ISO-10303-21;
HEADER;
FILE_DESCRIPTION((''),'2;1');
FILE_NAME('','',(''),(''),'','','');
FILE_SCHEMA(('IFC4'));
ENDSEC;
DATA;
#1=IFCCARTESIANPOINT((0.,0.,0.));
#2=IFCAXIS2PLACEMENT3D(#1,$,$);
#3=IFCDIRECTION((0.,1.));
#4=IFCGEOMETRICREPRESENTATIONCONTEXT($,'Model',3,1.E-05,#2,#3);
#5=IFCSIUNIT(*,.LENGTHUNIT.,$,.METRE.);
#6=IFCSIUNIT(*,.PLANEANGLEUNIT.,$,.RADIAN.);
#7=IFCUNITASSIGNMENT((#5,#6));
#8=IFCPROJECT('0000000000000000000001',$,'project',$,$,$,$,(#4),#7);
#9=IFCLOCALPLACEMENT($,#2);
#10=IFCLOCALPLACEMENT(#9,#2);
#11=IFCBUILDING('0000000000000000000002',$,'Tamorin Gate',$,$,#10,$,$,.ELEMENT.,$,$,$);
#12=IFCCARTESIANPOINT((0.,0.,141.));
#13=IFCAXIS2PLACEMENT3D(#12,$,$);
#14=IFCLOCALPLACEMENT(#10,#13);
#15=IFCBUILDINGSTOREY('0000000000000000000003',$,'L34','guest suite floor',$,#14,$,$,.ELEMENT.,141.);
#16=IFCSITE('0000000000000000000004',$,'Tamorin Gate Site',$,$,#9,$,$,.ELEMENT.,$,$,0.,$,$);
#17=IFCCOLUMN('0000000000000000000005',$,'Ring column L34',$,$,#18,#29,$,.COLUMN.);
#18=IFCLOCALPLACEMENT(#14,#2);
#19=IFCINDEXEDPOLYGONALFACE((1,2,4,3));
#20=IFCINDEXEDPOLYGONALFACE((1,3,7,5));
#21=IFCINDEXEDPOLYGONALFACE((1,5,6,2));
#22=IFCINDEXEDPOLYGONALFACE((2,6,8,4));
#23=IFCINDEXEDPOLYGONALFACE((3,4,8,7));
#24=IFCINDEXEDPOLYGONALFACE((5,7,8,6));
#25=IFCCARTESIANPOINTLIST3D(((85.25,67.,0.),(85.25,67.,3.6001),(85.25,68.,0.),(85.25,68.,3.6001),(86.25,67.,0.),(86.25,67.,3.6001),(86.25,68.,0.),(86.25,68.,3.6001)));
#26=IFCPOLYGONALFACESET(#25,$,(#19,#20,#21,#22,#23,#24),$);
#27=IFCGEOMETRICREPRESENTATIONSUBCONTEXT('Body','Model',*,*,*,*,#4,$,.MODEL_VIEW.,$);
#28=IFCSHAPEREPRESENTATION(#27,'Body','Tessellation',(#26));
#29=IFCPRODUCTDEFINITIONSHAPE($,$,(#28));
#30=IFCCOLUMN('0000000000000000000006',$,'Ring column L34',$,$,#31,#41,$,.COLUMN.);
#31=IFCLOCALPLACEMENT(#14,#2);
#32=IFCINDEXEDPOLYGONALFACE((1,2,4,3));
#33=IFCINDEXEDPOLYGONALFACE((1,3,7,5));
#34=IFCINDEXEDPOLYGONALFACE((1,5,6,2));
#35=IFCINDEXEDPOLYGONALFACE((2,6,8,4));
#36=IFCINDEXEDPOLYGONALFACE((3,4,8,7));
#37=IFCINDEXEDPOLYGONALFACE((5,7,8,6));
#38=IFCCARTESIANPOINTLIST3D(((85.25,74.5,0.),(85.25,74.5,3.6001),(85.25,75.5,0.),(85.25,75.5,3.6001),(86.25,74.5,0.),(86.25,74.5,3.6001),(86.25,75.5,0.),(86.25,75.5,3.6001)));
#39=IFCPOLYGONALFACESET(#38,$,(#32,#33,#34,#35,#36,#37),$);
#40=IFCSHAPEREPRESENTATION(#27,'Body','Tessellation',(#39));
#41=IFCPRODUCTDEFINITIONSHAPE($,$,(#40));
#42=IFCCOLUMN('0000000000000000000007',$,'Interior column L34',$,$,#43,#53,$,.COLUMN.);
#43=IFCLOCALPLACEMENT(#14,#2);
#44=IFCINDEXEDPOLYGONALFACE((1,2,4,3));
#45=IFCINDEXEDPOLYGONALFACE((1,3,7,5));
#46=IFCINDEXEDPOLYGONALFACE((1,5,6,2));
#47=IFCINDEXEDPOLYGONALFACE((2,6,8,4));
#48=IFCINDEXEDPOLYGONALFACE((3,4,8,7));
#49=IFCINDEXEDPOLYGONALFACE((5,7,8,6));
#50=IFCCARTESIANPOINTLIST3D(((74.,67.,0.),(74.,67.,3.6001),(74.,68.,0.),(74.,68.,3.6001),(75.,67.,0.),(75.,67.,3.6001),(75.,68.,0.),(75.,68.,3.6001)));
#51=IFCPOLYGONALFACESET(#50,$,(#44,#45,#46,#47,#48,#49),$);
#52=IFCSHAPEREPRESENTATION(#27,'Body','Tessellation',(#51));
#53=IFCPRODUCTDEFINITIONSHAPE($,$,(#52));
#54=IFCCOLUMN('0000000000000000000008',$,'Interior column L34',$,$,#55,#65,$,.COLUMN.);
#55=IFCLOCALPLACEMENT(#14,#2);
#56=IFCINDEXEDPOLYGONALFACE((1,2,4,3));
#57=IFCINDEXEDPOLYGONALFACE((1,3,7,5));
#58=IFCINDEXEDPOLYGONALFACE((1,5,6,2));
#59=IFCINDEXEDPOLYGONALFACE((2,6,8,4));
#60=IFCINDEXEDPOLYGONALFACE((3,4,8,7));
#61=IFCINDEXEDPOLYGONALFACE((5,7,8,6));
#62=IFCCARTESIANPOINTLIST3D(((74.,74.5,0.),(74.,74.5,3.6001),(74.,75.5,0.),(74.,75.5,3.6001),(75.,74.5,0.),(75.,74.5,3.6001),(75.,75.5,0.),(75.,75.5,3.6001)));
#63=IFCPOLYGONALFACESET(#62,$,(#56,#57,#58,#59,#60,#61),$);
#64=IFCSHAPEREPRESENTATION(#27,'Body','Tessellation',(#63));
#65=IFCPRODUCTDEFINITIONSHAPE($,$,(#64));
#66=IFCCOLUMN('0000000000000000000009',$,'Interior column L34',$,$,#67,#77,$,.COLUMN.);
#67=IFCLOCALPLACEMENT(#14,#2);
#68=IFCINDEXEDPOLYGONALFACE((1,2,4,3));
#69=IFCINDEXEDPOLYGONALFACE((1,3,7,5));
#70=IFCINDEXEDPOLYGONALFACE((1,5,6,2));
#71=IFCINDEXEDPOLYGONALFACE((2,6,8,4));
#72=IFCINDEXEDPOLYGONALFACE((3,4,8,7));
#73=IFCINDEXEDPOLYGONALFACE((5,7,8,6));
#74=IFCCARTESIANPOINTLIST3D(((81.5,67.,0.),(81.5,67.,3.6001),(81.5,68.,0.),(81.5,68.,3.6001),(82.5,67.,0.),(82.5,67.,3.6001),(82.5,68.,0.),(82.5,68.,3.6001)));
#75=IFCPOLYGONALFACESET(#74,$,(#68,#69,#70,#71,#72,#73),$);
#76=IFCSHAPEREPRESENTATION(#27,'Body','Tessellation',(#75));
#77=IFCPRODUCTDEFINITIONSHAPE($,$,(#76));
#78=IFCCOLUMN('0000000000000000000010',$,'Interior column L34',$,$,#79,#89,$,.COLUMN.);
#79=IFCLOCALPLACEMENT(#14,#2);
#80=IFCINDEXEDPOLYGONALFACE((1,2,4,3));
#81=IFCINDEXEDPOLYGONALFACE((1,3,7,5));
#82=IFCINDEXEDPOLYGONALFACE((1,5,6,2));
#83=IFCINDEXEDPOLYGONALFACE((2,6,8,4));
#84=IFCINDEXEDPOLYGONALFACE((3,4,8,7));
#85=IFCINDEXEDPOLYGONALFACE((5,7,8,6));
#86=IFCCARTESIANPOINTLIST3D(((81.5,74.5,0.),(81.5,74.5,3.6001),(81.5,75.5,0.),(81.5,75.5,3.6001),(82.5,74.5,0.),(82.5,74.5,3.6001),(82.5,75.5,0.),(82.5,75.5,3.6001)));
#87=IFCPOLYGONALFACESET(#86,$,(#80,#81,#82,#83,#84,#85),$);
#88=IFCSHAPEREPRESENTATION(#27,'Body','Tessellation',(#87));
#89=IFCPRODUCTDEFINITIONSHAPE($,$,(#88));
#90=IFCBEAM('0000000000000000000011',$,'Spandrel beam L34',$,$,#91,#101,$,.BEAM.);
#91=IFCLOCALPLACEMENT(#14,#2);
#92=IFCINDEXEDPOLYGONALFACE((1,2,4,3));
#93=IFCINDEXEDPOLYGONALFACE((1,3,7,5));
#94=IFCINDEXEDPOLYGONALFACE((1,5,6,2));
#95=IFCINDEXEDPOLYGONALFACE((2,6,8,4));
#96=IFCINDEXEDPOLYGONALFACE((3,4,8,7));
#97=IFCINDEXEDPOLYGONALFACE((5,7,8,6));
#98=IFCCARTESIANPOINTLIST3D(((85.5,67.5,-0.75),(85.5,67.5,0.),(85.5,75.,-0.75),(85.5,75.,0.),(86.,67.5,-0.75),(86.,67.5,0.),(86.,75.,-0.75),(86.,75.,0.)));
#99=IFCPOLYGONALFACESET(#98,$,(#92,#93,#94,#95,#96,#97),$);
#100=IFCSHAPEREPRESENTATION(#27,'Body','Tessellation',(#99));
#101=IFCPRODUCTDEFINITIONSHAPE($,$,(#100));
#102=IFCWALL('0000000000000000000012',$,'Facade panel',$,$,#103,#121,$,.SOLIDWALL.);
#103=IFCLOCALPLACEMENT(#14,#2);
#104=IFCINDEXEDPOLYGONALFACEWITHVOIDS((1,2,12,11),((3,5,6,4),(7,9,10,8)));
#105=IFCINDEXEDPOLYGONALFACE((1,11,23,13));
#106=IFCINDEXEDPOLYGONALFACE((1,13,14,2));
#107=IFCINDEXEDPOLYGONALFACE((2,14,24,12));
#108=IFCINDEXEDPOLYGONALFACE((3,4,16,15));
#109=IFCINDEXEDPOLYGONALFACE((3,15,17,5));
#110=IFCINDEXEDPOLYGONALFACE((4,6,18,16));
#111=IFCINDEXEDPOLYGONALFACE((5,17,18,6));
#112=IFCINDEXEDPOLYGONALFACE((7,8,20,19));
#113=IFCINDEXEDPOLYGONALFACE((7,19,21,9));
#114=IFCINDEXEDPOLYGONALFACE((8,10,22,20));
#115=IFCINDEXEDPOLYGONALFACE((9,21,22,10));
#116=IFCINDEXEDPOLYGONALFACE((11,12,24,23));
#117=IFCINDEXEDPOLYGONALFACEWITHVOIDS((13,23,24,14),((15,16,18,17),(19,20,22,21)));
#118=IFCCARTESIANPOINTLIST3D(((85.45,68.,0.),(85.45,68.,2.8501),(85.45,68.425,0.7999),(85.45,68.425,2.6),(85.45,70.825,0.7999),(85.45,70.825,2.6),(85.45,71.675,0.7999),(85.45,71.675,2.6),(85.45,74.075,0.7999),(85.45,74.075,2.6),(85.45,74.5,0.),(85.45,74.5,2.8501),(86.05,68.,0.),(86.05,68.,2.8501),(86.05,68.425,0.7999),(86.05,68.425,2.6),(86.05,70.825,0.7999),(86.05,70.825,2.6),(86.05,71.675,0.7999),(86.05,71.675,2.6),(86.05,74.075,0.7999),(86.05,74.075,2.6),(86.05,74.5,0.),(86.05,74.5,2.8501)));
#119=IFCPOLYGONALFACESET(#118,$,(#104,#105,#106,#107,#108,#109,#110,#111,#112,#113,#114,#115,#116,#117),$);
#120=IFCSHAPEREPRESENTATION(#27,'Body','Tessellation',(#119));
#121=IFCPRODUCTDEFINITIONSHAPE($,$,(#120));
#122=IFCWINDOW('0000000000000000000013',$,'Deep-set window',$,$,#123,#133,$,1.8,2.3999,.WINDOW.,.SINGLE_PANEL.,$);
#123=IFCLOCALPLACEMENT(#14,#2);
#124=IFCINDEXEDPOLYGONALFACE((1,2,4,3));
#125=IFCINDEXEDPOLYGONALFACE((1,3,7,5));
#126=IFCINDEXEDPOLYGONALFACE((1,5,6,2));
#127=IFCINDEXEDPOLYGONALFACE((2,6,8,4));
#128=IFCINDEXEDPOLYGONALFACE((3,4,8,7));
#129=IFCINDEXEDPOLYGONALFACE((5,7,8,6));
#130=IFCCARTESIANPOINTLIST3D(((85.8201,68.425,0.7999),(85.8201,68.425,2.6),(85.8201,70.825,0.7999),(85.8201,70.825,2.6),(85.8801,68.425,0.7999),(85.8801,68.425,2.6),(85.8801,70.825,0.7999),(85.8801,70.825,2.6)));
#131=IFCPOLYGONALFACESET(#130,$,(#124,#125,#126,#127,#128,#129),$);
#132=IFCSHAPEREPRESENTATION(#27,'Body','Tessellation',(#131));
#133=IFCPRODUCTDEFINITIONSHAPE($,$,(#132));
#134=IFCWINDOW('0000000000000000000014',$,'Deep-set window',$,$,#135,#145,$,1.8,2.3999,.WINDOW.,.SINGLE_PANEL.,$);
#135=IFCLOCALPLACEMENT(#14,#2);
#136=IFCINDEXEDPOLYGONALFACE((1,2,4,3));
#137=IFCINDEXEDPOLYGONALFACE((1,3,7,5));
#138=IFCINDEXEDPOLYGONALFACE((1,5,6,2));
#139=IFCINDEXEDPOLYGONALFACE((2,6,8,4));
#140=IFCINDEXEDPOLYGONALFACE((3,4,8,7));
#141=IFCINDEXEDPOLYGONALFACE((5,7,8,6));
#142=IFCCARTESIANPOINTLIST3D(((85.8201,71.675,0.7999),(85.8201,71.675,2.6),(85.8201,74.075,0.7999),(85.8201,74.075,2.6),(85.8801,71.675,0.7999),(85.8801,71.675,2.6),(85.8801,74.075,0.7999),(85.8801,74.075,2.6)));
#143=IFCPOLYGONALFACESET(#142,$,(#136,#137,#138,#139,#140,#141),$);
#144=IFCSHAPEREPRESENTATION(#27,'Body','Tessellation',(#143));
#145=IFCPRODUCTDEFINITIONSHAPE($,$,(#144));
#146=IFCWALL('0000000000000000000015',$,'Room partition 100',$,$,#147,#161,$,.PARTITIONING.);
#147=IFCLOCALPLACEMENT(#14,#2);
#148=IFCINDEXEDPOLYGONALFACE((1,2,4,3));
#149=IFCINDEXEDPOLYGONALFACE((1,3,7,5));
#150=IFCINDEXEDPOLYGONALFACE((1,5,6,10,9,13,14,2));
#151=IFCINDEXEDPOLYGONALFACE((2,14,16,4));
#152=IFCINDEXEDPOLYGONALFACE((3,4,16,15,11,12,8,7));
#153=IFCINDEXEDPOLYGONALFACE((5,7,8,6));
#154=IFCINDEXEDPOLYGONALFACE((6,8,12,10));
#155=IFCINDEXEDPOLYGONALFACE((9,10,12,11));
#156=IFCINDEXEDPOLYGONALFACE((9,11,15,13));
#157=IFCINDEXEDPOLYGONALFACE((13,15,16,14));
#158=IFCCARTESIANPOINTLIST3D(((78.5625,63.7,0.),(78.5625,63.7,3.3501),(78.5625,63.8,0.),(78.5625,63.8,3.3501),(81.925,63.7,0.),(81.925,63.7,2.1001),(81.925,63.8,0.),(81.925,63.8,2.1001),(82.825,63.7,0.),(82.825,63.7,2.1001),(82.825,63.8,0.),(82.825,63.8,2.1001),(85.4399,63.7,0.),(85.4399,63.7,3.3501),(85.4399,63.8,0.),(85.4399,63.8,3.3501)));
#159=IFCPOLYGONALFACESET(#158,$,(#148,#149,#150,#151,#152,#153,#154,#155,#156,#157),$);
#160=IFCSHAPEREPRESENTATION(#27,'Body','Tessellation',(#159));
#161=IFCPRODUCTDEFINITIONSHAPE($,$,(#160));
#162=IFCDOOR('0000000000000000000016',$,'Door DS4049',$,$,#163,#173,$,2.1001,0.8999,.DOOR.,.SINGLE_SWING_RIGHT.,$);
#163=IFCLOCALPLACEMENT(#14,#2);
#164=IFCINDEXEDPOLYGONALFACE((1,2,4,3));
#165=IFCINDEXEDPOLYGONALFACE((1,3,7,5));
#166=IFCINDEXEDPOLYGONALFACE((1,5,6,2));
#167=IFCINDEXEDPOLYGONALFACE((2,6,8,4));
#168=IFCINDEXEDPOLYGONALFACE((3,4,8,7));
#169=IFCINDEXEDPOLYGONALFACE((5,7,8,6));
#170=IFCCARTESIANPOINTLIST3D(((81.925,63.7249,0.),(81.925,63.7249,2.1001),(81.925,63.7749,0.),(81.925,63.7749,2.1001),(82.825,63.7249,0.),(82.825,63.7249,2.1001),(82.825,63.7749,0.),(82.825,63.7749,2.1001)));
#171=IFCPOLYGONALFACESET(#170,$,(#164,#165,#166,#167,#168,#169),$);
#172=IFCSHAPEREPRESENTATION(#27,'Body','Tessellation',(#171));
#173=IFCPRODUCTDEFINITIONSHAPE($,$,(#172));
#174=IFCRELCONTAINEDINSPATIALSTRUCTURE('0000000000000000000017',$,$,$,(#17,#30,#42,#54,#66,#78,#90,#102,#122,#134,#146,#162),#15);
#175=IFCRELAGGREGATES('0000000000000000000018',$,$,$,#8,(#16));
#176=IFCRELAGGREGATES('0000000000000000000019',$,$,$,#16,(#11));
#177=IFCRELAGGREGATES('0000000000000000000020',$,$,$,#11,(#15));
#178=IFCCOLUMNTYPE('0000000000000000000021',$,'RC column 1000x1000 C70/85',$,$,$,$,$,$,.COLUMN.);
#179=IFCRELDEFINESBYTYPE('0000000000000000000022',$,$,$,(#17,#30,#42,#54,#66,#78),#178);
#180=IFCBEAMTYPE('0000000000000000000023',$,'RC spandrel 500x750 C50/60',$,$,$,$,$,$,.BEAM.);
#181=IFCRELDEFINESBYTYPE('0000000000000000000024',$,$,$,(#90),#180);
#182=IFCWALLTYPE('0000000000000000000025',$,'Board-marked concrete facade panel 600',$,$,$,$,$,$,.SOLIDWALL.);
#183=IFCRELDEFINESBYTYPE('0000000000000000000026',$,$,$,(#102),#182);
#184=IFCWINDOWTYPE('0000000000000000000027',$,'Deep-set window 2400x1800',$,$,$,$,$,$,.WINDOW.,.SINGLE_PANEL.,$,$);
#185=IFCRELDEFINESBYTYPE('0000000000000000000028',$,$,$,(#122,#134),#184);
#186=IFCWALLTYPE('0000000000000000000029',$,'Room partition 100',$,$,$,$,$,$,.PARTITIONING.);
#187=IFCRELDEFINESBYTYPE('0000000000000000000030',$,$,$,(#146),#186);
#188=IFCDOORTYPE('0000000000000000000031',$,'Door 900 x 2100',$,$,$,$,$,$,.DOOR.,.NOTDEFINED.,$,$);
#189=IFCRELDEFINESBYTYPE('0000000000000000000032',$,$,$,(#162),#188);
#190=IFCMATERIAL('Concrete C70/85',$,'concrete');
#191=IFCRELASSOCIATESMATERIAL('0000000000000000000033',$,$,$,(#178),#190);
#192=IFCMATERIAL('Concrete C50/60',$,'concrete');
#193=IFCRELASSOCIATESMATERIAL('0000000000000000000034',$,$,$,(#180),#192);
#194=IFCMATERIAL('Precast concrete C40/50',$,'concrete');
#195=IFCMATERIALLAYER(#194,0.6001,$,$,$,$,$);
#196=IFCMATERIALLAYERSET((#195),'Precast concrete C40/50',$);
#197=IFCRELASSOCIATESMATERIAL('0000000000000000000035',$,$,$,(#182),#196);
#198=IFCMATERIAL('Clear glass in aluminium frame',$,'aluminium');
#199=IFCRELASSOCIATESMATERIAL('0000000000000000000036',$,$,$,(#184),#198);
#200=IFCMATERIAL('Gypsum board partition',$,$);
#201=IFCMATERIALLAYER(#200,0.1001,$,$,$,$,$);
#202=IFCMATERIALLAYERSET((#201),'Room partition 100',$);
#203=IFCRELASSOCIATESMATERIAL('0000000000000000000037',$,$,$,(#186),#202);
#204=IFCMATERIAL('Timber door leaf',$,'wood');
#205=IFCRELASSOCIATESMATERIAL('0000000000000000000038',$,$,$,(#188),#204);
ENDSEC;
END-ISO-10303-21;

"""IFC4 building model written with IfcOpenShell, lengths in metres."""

from ifc_helpers import new_model, si_unit, direction, frame, frame_2d, origin, origin_2d, place, context, subcontext, project, spatial, rectangle, extrude, material, layer, layer_set, material_profile, profile_set, type_object, element, fill, save


model = new_model("IFC4")

# Units and contexts
model_context = context("Model", 3, precision=1e-05, world=origin(), true_north=direction((0.0, 1.0)))
body_context = subcontext(model_context, "Body", "Model", "MODEL_VIEW")
ifc_project = project(units=[si_unit("LENGTHUNIT", "METRE"), si_unit("PLANEANGLEUNIT", "RADIAN")], contexts=[model_context])

# Site, building, storey
site_placement = place(None, origin())
site = spatial("IfcSite", under=ifc_project, at=site_placement, Name="Tamorin Gate Site", CompositionType="ELEMENT", RefElevation=0.0)
building_placement = place(site_placement, origin())
building = spatial("IfcBuilding", under=site, at=building_placement, Name="Tamorin Gate", CompositionType="ELEMENT")
storey_placement = place(building_placement, frame((0.0, 0.0, 141.0)))
storey = spatial("IfcBuildingStorey", under=building, at=storey_placement, Name="L34", Description="guest suite floor", CompositionType="ELEMENT", Elevation=141.0)

# Columns
ifc_material_1 = material(Name="Concrete C70/85", Category="concrete")
ifc_material_profile_1 = material_profile(ifc_material_1, rectangle(XDim=1.0, YDim=1.0, at=origin_2d()), Name="RC 1000x1000")
ifc_profile_set_1 = profile_set([ifc_material_profile_1], Name="Concrete C70/85")
column_type = type_object("IfcColumnType", Name="RC column 1000x1000 C70/85", PredefinedType="COLUMN", material=ifc_profile_set_1)
for number, where, z_axis, x_axis, name in (
    (1, (85.75, 67.5, 0.0), (0.0, 0.0, 1.0), (1.0, 0.0, 0.0), "Ring column L34"),
    (2, (85.75, 75.0, 0.0), (0.0, 0.0, 1.0), (1.0, 0.0, 0.0), "Ring column L34"),
    (3, (74.5, 67.5, 0.0), (0.0, 0.0, 1.0), (1.0, 0.0, 0.0), "Interior column L34"),
    (4, (74.5, 75.0, 0.0), (0.0, 0.0, 1.0), (1.0, 0.0, 0.0), "Interior column L34"),
    (5, (82.0, 67.5, 0.0), (0.0, 0.0, 1.0), (1.0, 0.0, 0.0), "Interior column L34"),
    (6, (82.0, 75.0, 0.0), (0.0, 0.0, 1.0), (1.0, 0.0, 0.0), "Interior column L34"),
):
    element("IfcColumn", number, at=place(storey_placement, frame(where, z_axis=z_axis, x_axis=x_axis)), inside=storey, type_object=column_type, Name=name, PredefinedType="COLUMN", context=body_context, shape_type="SweptSolid", body=[
        extrude(rectangle(XDim=1.0, YDim=1.0, at=origin_2d()), origin(), (0.0, 0.0, 1.0), 3.6001),
    ])

# Beam
ifc_material_2 = material(Name="Concrete C50/60", Category="concrete")
ifc_material_profile_2 = material_profile(ifc_material_2, rectangle(XDim=0.5, YDim=0.75, at=origin_2d()), Name="RC 500x750")
ifc_profile_set_2 = profile_set([ifc_material_profile_2], Name="Concrete C50/60")
beam_type = type_object("IfcBeamType", Name="RC spandrel 500x750 C50/60", PredefinedType="BEAM", material=ifc_profile_set_2)
beam_placement = place(storey_placement, frame((85.75, 67.5, -0.375), z_axis=(0.0, 1.0, 0.0), x_axis=(-1.0, 0.0, 0.0)))
element("IfcBeam", 7, at=beam_placement, inside=storey, type_object=beam_type, Name="Spandrel beam L34", PredefinedType="BEAM", context=body_context, shape_type="SweptSolid", body=[
    extrude(rectangle(XDim=0.5, YDim=0.75, at=origin_2d()), origin(), (0.0, 0.0, 1.0), 7.5),
])

# Wall, openings, windows
ifc_material_3 = material(Name="Precast concrete C40/50", Category="concrete")
ifc_layer_1 = layer(ifc_material_3, 0.6001)
ifc_layer_set_1 = layer_set([ifc_layer_1], Name="Precast concrete C40/50")
wall_type_1 = type_object("IfcWallType", Name="Board-marked concrete facade panel 600", PredefinedType="SOLIDWALL", material=ifc_layer_set_1)
wall_1_placement = place(storey_placement, frame((85.75, 68.0, 0.0), z_axis=(0.0, 0.0, 1.0), x_axis=(0.0, 1.0, 0.0)))
wall_1 = element("IfcWall", 8, at=wall_1_placement, inside=storey, type_object=wall_type_1, Name="Facade panel", PredefinedType="SOLIDWALL", context=body_context, shape_type="SweptSolid", body=[
    extrude(rectangle(XDim=6.5, YDim=0.6001, at=frame_2d((3.25, 0.0))), origin(), (0.0, 0.0, 1.0), 2.8501),
])
opening_1_placement = place(wall_1_placement, frame((0.425, 0.0, 0.8)))
opening_1 = element("IfcOpeningElement", 9, at=opening_1_placement, cuts=wall_1, PredefinedType="OPENING", context=body_context, shape_type="SweptSolid", body=[
    extrude(rectangle(XDim=2.3999, YDim=1.8, at=frame_2d((1.2, 0.8999))), frame((0.0, 0.3101, 0.0), z_axis=(0.0, -1.0, 0.0), x_axis=(1.0, 0.0, 0.0)), (0.0, 0.0, 1.0), 0.6201),
])
opening_2_placement = place(wall_1_placement, frame((3.675, 0.0, 0.8)))
opening_2 = element("IfcOpeningElement", 10, at=opening_2_placement, cuts=wall_1, PredefinedType="OPENING", context=body_context, shape_type="SweptSolid", body=[
    extrude(rectangle(XDim=2.3999, YDim=1.8, at=frame_2d((1.2, 0.8999))), frame((0.0, 0.3101, 0.0), z_axis=(0.0, -1.0, 0.0), x_axis=(1.0, 0.0, 0.0)), (0.0, 0.0, 1.0), 0.6201),
])
ifc_material_4 = material(Name="Clear glass in aluminium frame", Category="aluminium")
window_type = type_object("IfcWindowType", Name="Deep-set window 2400x1800", PartitioningType="SINGLE_PANEL", PredefinedType="WINDOW", material=ifc_material_4)
window_1_placement = place(opening_1_placement, origin())
window_1 = element("IfcWindow", 11, at=window_1_placement, inside=storey, type_object=window_type, Name="Deep-set window", OverallHeight=1.8, OverallWidth=2.3999, PartitioningType="SINGLE_PANEL", PredefinedType="WINDOW", context=body_context, shape_type="SweptSolid", body=[
    extrude(rectangle(XDim=2.3999, YDim=1.8, at=frame_2d((1.2, 0.8999))), frame((0.0, -0.0701, 0.0), z_axis=(0.0, -1.0, 0.0), x_axis=(1.0, 0.0, 0.0)), (0.0, 0.0, 1.0), 0.0601),
])
fill(opening_1, window_1)
window_2_placement = place(opening_2_placement, origin())
window_2 = element("IfcWindow", 12, at=window_2_placement, inside=storey, type_object=window_type, Name="Deep-set window", OverallHeight=1.8, OverallWidth=2.3999, PartitioningType="SINGLE_PANEL", PredefinedType="WINDOW", context=body_context, shape_type="SweptSolid", body=[
    extrude(rectangle(XDim=2.3999, YDim=1.8, at=frame_2d((1.2, 0.8999))), frame((0.0, -0.0701, 0.0), z_axis=(0.0, -1.0, 0.0), x_axis=(1.0, 0.0, 0.0)), (0.0, 0.0, 1.0), 0.0601),
])
fill(opening_2, window_2)

# Wall, opening, door
ifc_material_5 = material(Name="Gypsum board partition")
ifc_layer_2 = layer(ifc_material_5, 0.1001)
ifc_layer_set_2 = layer_set([ifc_layer_2], Name="Room partition 100")
wall_type_2 = type_object("IfcWallType", Name="Room partition 100", PredefinedType="PARTITIONING", material=ifc_layer_set_2)
wall_2_placement = place(storey_placement, frame((78.5625, 63.75, 0.0), z_axis=(0.0, 0.0, 1.0), x_axis=(1.0, 0.0, 0.0)))
wall_2 = element("IfcWall", 13, at=wall_2_placement, inside=storey, type_object=wall_type_2, Name="Room partition 100", PredefinedType="PARTITIONING", context=body_context, shape_type="SweptSolid", body=[
    extrude(rectangle(XDim=6.8774, YDim=0.1001, at=frame_2d((3.4387, 0.0))), origin(), (0.0, 0.0, 1.0), 3.3501),
])
opening_3_placement = place(wall_2_placement, frame((3.3625, 0.0, 0.0)))
opening_3 = element("IfcOpeningElement", 14, at=opening_3_placement, cuts=wall_2, PredefinedType="OPENING", context=body_context, shape_type="SweptSolid", body=[
    extrude(rectangle(XDim=0.8999, YDim=2.1001, at=frame_2d((0.45, 1.05))), frame((0.0, 0.0601, 0.0), z_axis=(0.0, -1.0, 0.0), x_axis=(1.0, 0.0, 0.0)), (0.0, 0.0, 1.0), 0.1201),
])
ifc_material_6 = material(Name="Timber door leaf", Category="wood")
door_type_1 = type_object("IfcDoorType", Name="Door 900 x 2100", OperationType="NOTDEFINED", PredefinedType="DOOR", material=ifc_material_6)
door_1_placement = place(opening_3_placement, origin())
door_1 = element("IfcDoor", 15, at=door_1_placement, inside=storey, type_object=door_type_1, Name="Door DS4049", OperationType="SINGLE_SWING_RIGHT", OverallHeight=2.1001, OverallWidth=0.8999, PredefinedType="DOOR", context=body_context, shape_type="SweptSolid", body=[
    extrude(rectangle(XDim=0.8999, YDim=2.1001, at=frame_2d((0.45, 1.05))), frame((0.0, 0.0249, 0.0), z_axis=(0.0, -1.0, 0.0), x_axis=(1.0, 0.0, 0.0)), (0.0, 0.0, 1.0), 0.05),
])
fill(opening_3, door_1)

save(model, "model.ifc")
